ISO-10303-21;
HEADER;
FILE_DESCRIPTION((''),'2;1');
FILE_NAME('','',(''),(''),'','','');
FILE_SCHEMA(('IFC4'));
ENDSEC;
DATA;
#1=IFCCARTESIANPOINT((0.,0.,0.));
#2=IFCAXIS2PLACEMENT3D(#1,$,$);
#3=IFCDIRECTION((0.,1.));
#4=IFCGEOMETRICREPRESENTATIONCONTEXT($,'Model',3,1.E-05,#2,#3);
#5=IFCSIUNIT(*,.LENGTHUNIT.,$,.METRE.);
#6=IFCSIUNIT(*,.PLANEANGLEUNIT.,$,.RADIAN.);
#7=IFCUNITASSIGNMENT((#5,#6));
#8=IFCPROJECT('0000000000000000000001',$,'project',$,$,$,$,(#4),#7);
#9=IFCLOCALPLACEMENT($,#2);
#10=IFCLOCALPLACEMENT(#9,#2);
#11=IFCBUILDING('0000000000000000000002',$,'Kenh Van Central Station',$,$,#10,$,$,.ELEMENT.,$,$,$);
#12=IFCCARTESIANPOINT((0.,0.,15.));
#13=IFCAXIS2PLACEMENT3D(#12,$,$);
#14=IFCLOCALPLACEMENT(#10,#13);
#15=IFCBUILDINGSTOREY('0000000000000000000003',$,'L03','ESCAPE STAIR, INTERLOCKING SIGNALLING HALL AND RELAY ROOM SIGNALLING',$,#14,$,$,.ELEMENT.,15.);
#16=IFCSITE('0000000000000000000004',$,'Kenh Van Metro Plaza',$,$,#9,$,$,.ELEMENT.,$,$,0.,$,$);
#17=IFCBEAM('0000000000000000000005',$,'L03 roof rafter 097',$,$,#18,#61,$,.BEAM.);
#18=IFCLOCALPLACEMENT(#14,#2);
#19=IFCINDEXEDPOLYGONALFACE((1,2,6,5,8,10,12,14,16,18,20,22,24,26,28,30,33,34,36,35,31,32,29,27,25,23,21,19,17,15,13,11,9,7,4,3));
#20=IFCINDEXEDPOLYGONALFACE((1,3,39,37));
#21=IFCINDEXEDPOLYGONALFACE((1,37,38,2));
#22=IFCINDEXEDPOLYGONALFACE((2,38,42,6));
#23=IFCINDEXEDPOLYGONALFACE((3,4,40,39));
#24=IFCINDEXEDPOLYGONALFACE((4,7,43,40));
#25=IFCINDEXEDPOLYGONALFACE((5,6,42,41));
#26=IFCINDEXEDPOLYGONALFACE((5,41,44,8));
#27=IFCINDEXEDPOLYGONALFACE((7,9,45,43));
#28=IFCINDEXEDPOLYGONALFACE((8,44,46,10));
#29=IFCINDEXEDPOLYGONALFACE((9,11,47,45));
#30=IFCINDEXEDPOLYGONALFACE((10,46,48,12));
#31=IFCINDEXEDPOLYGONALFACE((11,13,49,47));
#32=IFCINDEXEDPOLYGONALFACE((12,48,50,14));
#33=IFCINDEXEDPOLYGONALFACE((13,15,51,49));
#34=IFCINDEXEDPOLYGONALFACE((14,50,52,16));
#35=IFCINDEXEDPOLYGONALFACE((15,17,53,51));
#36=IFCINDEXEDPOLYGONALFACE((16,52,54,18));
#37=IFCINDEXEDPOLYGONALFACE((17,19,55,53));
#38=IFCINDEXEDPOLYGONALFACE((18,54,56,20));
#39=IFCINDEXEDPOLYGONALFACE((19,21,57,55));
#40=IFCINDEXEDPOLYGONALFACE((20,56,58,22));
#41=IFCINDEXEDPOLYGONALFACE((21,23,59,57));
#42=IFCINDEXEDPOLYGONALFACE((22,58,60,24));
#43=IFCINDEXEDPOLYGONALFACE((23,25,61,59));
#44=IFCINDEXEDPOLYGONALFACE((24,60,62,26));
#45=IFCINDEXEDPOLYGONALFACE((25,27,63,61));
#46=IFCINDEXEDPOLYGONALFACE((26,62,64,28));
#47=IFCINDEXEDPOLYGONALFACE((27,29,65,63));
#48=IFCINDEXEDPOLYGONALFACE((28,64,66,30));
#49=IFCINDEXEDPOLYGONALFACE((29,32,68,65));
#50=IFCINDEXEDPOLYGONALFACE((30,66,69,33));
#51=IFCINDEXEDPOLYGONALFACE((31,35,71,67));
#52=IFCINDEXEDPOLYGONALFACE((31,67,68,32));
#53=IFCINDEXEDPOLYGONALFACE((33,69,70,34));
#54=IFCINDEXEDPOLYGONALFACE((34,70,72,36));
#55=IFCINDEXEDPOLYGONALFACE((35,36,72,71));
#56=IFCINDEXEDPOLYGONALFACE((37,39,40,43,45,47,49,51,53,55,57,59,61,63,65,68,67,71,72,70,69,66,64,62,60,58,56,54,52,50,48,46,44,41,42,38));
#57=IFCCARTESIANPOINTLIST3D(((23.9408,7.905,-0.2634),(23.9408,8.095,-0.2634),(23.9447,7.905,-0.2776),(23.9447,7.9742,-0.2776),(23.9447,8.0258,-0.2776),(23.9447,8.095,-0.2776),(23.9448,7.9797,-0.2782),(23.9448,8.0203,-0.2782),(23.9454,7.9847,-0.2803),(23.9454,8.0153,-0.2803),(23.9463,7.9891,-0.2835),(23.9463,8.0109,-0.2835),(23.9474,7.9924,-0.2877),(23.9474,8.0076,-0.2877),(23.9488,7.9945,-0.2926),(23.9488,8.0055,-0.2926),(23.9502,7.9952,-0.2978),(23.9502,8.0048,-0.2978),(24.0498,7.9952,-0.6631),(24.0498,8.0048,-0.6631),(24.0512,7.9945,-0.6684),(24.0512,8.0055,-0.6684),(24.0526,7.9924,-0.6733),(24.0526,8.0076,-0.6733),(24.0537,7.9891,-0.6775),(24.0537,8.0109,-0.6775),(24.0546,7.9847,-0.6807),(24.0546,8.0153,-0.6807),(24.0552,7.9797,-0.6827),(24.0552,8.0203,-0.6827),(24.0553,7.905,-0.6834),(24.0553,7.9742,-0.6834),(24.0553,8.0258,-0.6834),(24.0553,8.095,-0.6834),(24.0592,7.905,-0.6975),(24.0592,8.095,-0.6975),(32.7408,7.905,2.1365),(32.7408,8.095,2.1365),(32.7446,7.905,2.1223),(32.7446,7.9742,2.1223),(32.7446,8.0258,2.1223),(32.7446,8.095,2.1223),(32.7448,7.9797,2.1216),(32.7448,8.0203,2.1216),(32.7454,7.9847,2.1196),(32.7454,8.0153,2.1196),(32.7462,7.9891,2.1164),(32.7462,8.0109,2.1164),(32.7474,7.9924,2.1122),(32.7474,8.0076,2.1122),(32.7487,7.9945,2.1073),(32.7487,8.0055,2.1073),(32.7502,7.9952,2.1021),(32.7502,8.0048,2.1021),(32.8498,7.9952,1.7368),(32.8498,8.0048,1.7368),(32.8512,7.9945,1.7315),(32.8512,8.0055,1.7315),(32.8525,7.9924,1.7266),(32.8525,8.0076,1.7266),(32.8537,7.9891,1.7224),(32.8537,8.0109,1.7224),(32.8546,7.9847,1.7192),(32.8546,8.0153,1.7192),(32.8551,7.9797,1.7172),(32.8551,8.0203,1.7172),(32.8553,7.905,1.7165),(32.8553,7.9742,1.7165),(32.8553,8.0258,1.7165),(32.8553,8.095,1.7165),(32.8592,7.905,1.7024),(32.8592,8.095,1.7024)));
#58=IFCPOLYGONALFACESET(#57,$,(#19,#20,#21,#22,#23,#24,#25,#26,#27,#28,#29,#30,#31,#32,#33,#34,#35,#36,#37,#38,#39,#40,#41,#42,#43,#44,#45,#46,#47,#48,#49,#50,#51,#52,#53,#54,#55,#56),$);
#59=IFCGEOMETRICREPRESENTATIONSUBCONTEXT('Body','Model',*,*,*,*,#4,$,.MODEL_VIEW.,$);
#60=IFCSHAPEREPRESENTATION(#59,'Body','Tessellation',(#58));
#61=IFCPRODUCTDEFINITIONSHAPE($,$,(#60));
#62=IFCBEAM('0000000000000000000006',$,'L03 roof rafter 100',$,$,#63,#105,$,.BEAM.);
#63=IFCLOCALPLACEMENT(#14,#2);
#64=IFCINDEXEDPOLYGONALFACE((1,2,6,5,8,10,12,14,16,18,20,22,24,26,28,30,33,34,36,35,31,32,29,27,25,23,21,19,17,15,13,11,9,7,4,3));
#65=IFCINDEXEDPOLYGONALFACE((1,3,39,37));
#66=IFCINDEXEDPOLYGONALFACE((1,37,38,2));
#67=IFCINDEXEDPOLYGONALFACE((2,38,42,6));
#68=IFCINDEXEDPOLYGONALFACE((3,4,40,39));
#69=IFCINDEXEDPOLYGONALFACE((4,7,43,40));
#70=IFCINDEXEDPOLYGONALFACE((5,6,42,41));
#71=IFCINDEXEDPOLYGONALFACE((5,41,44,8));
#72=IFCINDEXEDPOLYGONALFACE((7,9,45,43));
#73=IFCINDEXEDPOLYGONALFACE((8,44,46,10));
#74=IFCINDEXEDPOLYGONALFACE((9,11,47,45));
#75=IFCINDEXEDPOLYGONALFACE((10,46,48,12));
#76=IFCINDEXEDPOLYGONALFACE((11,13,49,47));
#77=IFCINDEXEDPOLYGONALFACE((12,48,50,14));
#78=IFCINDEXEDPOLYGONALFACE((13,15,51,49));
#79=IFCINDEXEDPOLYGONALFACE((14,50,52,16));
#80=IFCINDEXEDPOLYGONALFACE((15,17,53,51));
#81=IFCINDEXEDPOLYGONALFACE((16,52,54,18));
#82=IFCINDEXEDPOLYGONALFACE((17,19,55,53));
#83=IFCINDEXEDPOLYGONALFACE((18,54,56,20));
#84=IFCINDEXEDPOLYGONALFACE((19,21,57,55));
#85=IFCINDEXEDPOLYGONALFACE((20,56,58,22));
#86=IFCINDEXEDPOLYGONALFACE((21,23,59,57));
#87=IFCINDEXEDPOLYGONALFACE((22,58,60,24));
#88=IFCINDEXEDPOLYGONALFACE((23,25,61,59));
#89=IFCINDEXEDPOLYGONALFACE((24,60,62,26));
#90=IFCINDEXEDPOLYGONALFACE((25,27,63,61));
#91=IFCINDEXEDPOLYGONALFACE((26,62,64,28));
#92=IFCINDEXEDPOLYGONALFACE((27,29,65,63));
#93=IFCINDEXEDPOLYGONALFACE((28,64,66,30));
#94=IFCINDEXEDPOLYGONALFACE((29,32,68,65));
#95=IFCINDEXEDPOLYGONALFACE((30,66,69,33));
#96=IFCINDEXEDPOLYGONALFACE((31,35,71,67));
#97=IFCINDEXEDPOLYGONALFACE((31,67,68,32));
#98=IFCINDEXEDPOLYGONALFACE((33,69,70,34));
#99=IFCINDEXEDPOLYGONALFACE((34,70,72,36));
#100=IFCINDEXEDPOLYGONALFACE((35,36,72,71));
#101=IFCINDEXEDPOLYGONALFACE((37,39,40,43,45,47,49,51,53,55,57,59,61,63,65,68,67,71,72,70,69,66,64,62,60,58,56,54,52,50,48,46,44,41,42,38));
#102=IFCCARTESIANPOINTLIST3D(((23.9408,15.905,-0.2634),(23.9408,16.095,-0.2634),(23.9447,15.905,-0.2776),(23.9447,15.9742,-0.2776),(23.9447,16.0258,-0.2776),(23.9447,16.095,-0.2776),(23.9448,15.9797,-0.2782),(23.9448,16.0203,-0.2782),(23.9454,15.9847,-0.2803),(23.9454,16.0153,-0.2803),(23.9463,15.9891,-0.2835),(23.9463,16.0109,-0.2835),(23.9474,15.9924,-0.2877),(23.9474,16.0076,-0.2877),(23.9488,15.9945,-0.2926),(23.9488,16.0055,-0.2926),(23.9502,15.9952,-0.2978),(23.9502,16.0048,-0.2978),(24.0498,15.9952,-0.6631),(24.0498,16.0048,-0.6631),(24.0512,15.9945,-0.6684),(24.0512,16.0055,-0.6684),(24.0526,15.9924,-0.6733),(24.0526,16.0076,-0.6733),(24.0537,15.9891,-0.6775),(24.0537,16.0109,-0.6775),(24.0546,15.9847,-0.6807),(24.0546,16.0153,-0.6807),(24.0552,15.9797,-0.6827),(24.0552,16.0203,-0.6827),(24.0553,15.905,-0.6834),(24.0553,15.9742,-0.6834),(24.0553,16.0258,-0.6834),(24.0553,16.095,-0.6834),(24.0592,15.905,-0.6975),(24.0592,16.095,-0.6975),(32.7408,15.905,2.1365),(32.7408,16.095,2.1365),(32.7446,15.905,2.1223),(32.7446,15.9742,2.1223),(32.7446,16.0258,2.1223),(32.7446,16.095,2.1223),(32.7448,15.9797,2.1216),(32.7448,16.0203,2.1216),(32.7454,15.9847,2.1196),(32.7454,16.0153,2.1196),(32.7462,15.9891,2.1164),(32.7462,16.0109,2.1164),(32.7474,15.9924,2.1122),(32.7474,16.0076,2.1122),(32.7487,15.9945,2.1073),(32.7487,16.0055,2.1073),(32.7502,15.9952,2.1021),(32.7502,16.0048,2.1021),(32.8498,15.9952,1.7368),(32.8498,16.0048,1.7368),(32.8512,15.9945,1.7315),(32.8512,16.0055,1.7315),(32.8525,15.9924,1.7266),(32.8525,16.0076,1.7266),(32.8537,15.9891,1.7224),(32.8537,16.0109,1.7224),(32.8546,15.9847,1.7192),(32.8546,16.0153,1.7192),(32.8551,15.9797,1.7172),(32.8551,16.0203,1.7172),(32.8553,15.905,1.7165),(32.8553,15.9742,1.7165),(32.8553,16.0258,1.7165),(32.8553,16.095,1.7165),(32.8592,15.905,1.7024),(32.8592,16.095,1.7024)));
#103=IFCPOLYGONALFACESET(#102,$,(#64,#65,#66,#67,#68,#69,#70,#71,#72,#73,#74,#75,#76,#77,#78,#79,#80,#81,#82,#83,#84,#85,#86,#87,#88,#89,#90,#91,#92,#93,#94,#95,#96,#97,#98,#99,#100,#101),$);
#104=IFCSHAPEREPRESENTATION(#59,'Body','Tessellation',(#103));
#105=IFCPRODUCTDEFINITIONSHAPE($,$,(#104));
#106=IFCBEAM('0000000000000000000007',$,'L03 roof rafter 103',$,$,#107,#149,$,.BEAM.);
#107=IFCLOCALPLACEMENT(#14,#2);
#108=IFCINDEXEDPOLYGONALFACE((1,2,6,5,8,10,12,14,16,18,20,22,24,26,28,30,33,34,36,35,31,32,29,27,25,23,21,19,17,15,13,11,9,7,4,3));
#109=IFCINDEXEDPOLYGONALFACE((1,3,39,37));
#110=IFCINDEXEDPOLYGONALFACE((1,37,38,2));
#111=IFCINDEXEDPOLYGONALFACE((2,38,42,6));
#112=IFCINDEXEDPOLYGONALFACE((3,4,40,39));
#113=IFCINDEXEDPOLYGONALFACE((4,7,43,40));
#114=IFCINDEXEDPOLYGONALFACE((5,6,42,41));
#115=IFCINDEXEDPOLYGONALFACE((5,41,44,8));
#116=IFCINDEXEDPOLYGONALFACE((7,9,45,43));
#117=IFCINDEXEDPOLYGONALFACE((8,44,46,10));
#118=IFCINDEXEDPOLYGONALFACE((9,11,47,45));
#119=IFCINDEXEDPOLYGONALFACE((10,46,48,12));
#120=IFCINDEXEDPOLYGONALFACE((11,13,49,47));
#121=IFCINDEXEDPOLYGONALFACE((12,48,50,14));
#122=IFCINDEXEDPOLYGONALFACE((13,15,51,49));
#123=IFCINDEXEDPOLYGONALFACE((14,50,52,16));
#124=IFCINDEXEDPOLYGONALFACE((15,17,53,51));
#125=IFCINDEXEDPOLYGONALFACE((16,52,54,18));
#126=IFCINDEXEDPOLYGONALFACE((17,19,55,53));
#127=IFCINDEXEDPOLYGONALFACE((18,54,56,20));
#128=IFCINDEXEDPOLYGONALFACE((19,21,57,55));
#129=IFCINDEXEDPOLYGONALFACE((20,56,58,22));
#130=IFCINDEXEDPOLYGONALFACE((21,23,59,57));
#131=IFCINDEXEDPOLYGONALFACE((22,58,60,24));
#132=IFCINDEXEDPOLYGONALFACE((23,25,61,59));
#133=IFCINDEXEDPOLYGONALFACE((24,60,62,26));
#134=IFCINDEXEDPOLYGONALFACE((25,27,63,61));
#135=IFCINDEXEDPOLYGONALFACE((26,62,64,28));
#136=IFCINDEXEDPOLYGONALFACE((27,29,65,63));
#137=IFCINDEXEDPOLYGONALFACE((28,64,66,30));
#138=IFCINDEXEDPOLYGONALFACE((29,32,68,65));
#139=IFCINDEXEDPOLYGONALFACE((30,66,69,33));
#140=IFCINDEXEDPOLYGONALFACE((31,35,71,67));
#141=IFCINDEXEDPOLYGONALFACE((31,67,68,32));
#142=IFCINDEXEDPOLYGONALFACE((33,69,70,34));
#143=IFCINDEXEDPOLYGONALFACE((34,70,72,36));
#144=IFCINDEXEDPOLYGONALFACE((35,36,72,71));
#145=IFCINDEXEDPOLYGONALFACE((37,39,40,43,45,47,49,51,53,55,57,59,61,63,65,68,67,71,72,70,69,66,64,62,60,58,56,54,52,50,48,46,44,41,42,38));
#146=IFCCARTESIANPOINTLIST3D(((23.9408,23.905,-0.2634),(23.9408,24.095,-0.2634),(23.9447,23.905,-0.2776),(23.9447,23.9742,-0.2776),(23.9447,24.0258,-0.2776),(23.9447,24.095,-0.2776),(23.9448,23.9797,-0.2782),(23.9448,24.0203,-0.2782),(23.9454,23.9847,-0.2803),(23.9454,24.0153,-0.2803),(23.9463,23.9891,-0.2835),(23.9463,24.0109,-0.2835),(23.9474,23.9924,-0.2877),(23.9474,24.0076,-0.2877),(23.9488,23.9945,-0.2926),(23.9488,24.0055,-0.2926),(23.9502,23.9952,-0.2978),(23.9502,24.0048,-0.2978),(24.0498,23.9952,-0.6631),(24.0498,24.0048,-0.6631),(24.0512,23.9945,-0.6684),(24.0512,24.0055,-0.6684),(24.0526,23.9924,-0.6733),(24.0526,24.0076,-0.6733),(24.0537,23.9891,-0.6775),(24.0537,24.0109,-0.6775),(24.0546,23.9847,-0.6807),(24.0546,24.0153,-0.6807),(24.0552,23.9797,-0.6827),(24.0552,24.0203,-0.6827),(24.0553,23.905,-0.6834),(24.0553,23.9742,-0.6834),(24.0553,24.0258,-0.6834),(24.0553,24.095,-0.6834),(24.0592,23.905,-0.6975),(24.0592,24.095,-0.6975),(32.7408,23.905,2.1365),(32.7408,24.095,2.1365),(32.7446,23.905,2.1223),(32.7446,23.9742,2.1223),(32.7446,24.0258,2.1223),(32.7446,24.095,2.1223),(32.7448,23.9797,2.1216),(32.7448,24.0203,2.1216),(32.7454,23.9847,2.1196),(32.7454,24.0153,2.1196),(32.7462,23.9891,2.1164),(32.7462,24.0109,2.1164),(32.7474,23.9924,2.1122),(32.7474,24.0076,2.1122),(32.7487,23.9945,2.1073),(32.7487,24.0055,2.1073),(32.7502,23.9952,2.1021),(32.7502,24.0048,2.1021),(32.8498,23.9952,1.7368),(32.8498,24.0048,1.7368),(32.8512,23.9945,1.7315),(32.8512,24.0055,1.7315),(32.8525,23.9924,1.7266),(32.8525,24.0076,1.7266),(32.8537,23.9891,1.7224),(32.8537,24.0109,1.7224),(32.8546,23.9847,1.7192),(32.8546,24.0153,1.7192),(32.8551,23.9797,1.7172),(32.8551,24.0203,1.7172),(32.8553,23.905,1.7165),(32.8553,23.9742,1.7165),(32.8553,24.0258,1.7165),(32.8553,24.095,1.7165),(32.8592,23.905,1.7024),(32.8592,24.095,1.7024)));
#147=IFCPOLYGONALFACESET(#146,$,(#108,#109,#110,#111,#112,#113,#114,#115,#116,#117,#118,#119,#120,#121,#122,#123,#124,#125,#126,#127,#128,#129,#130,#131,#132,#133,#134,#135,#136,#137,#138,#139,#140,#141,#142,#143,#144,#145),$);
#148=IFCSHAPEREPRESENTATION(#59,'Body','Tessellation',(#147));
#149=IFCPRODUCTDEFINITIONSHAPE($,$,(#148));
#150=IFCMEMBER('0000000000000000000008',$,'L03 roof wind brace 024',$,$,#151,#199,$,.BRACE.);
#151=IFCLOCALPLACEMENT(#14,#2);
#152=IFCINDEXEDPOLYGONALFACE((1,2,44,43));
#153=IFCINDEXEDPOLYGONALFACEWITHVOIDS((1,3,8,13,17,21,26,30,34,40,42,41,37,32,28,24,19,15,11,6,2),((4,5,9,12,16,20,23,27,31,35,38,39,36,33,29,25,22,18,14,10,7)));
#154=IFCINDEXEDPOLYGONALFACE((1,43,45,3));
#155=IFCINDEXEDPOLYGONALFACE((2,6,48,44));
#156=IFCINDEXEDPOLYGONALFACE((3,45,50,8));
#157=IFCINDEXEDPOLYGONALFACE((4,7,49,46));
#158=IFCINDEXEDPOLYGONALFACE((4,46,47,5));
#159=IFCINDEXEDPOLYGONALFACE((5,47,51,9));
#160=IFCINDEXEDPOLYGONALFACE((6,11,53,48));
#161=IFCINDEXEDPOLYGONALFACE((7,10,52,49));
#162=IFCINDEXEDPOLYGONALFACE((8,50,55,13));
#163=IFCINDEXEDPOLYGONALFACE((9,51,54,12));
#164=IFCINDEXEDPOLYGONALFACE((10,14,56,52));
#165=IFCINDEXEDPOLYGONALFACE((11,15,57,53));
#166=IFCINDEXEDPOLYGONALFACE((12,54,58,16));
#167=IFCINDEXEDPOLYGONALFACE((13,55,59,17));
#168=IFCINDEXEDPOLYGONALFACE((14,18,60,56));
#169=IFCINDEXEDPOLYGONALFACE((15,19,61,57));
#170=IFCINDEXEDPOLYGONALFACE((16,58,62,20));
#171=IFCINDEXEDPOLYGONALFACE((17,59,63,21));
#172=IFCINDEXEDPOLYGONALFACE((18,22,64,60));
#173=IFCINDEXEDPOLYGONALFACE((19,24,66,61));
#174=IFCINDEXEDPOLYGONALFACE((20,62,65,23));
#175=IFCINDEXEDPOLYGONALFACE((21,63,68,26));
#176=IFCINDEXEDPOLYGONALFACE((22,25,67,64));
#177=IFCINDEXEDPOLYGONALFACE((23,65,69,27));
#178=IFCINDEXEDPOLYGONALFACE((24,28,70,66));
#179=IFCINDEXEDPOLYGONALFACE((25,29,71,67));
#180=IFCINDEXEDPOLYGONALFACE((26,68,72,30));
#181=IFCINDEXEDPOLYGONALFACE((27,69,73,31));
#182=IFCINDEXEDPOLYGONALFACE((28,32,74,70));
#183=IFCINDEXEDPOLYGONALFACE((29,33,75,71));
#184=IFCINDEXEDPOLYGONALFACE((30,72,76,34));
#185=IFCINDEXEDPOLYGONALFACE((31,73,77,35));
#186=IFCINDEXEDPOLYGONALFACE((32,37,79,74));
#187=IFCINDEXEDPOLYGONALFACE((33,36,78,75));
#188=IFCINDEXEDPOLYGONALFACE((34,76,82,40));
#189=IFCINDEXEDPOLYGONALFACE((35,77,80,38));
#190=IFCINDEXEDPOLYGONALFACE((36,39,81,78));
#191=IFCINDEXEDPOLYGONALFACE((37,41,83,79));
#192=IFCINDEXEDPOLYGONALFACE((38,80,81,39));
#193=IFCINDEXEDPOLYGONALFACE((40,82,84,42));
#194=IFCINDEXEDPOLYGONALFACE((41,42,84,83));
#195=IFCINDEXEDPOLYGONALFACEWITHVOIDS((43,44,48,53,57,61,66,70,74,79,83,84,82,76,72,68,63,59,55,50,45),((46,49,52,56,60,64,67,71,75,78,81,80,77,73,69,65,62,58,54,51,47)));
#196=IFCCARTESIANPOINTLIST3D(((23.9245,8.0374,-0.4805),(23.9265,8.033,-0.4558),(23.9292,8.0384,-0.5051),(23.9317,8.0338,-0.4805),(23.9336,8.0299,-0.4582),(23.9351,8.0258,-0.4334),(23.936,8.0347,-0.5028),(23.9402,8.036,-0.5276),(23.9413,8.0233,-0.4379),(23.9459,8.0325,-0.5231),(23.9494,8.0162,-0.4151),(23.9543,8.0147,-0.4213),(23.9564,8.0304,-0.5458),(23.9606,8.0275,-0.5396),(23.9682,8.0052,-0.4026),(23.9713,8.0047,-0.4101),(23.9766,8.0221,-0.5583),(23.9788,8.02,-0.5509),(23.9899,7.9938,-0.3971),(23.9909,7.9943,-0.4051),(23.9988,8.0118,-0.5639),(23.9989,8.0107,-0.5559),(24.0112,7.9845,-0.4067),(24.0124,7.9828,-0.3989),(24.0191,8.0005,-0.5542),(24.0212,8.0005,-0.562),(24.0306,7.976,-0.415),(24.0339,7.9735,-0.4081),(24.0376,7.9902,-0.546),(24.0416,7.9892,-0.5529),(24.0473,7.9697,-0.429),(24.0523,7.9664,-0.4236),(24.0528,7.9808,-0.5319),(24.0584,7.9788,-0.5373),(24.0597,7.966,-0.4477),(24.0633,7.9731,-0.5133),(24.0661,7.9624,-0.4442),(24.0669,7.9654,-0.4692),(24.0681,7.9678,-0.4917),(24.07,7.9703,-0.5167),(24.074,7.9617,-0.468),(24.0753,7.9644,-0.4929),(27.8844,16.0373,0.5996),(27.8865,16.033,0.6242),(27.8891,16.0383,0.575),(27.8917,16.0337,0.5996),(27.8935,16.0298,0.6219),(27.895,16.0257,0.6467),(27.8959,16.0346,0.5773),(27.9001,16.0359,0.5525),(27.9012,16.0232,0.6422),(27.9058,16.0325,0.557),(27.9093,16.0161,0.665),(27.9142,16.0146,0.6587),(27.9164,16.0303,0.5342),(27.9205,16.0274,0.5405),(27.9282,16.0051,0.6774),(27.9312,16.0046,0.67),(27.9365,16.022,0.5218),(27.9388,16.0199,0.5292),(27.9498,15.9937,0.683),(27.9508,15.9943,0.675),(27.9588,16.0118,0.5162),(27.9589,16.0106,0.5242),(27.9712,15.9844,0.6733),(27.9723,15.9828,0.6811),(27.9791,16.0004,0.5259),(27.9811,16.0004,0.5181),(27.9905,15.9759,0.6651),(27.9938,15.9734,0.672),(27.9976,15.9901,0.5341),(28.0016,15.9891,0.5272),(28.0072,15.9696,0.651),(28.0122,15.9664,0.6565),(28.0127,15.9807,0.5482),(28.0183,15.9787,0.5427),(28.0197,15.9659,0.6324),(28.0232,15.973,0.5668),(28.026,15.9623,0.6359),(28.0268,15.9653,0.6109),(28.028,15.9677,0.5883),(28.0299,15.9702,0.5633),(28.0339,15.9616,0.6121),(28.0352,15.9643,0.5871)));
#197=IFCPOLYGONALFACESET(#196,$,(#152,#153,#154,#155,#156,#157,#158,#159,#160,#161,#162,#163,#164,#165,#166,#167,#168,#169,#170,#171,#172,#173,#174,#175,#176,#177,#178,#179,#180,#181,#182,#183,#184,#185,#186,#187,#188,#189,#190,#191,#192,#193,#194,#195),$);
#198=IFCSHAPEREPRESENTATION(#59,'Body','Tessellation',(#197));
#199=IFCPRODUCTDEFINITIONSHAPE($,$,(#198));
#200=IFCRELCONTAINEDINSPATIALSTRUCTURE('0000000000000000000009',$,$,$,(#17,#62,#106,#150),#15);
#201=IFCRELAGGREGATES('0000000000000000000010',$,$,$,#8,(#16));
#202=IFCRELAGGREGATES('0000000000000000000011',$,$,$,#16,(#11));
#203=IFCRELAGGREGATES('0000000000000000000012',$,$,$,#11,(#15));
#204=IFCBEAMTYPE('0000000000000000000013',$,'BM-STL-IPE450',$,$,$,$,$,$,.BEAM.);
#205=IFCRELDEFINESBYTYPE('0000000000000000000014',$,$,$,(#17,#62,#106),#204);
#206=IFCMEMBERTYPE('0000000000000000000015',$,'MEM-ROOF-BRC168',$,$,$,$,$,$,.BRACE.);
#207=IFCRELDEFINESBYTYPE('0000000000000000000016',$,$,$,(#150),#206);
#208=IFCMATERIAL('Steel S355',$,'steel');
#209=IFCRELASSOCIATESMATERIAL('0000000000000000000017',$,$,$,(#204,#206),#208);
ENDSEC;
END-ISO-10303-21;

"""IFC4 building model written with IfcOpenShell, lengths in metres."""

from ifc_helpers import new_model, si_unit, direction, frame, origin, origin_2d, place, context, subcontext, project, spatial, hollow_circle, i_section, extrude, material, material_profile, profile_set, type_object, element, save


model = new_model("IFC4")

# Units and contexts
model_context = context("Model", 3, precision=1e-05, world=origin(), true_north=direction((0.0, 1.0)))
body_context = subcontext(model_context, "Body", "Model", "MODEL_VIEW")
ifc_project = project(units=[si_unit("LENGTHUNIT", "METRE"), si_unit("PLANEANGLEUNIT", "RADIAN")], contexts=[model_context])

# Site, building, storey
site_placement = place(None, origin())
site = spatial("IfcSite", under=ifc_project, at=site_placement, Name="Kenh Van Metro Plaza", CompositionType="ELEMENT", RefElevation=0.0)
building_placement = place(site_placement, origin())
building = spatial("IfcBuilding", under=site, at=building_placement, Name="Kenh Van Central Station", CompositionType="ELEMENT")
storey_placement = place(building_placement, frame((0.0, 0.0, 15.0)))
storey = spatial("IfcBuildingStorey", under=building, at=storey_placement, Name="L03", Description="ESCAPE STAIR, INTERLOCKING SIGNALLING HALL AND RELAY ROOM SIGNALLING", CompositionType="ELEMENT", Elevation=15.0)

# Beams
ifc_material_1 = material(Name="Steel S355", Category="steel")
ifc_material_profile_1 = material_profile(ifc_material_1, i_section(OverallWidth=0.1899, OverallDepth=0.45, WebThickness=0.0095, FlangeThickness=0.0146, FilletRadius=0.021, at=origin_2d()), Name="IPE 450")
ifc_profile_set_1 = profile_set([ifc_material_profile_1], Name="Steel S355")
beam_type = type_object("IfcBeamType", Name="BM-STL-IPE450", PredefinedType="BEAM", material=ifc_profile_set_1)
for number, where, z_axis, x_axis, name in (
    (1, (24.0, 8.0, -0.4805), (0.964767, 0.0, 0.263106), (0.0, 1.0, 0.0), "L03 roof rafter 097"),
    (2, (24.0, 16.0, -0.4805), (0.964767, 0.0, 0.263106), (0.0, 1.0, 0.0), "L03 roof rafter 100"),
    (3, (24.0, 24.0, -0.4805), (0.964767, 0.0, 0.263106), (0.0, 1.0, 0.0), "L03 roof rafter 103"),
):
    element("IfcBeam", number, at=place(storey_placement, frame(where, z_axis=z_axis, x_axis=x_axis)), inside=storey, type_object=beam_type, Name=name, PredefinedType="BEAM", context=body_context, shape_type="SweptSolid", body=[
        extrude(i_section(OverallWidth=0.1899, OverallDepth=0.45, WebThickness=0.0095, FlangeThickness=0.0146, FilletRadius=0.021, at=origin_2d()), origin(), (0.0, 0.0, 1.0), 9.1213),
    ])

# Member
ifc_material_profile_2 = material_profile(ifc_material_1, hollow_circle(Radius=0.0842, WallThickness=0.0081, at=origin_2d()), Name="CHS 168.3x8")
ifc_profile_set_2 = profile_set([ifc_material_profile_2], Name="Steel S355")
member_type_1 = type_object("IfcMemberType", Name="MEM-ROOF-BRC168", PredefinedType="BRACE", material=ifc_profile_set_2)
member_placement = place(storey_placement, frame((24.0, 8.0, -0.4805), z_axis=(0.440409, 0.889725, 0.120122), x_axis=(-0.896214, 0.443622, 0.0)))
element("IfcMember", 4, at=member_placement, inside=storey, type_object=member_type_1, Name="L03 roof wind brace 024", PredefinedType="BRACE", context=body_context, shape_type="SweptSolid", body=[
    extrude(hollow_circle(Radius=0.0842, WallThickness=0.0081, at=origin_2d()), origin(), (0.0, 0.0, 1.0), 8.9915),
])

save(model, "model.ifc")
